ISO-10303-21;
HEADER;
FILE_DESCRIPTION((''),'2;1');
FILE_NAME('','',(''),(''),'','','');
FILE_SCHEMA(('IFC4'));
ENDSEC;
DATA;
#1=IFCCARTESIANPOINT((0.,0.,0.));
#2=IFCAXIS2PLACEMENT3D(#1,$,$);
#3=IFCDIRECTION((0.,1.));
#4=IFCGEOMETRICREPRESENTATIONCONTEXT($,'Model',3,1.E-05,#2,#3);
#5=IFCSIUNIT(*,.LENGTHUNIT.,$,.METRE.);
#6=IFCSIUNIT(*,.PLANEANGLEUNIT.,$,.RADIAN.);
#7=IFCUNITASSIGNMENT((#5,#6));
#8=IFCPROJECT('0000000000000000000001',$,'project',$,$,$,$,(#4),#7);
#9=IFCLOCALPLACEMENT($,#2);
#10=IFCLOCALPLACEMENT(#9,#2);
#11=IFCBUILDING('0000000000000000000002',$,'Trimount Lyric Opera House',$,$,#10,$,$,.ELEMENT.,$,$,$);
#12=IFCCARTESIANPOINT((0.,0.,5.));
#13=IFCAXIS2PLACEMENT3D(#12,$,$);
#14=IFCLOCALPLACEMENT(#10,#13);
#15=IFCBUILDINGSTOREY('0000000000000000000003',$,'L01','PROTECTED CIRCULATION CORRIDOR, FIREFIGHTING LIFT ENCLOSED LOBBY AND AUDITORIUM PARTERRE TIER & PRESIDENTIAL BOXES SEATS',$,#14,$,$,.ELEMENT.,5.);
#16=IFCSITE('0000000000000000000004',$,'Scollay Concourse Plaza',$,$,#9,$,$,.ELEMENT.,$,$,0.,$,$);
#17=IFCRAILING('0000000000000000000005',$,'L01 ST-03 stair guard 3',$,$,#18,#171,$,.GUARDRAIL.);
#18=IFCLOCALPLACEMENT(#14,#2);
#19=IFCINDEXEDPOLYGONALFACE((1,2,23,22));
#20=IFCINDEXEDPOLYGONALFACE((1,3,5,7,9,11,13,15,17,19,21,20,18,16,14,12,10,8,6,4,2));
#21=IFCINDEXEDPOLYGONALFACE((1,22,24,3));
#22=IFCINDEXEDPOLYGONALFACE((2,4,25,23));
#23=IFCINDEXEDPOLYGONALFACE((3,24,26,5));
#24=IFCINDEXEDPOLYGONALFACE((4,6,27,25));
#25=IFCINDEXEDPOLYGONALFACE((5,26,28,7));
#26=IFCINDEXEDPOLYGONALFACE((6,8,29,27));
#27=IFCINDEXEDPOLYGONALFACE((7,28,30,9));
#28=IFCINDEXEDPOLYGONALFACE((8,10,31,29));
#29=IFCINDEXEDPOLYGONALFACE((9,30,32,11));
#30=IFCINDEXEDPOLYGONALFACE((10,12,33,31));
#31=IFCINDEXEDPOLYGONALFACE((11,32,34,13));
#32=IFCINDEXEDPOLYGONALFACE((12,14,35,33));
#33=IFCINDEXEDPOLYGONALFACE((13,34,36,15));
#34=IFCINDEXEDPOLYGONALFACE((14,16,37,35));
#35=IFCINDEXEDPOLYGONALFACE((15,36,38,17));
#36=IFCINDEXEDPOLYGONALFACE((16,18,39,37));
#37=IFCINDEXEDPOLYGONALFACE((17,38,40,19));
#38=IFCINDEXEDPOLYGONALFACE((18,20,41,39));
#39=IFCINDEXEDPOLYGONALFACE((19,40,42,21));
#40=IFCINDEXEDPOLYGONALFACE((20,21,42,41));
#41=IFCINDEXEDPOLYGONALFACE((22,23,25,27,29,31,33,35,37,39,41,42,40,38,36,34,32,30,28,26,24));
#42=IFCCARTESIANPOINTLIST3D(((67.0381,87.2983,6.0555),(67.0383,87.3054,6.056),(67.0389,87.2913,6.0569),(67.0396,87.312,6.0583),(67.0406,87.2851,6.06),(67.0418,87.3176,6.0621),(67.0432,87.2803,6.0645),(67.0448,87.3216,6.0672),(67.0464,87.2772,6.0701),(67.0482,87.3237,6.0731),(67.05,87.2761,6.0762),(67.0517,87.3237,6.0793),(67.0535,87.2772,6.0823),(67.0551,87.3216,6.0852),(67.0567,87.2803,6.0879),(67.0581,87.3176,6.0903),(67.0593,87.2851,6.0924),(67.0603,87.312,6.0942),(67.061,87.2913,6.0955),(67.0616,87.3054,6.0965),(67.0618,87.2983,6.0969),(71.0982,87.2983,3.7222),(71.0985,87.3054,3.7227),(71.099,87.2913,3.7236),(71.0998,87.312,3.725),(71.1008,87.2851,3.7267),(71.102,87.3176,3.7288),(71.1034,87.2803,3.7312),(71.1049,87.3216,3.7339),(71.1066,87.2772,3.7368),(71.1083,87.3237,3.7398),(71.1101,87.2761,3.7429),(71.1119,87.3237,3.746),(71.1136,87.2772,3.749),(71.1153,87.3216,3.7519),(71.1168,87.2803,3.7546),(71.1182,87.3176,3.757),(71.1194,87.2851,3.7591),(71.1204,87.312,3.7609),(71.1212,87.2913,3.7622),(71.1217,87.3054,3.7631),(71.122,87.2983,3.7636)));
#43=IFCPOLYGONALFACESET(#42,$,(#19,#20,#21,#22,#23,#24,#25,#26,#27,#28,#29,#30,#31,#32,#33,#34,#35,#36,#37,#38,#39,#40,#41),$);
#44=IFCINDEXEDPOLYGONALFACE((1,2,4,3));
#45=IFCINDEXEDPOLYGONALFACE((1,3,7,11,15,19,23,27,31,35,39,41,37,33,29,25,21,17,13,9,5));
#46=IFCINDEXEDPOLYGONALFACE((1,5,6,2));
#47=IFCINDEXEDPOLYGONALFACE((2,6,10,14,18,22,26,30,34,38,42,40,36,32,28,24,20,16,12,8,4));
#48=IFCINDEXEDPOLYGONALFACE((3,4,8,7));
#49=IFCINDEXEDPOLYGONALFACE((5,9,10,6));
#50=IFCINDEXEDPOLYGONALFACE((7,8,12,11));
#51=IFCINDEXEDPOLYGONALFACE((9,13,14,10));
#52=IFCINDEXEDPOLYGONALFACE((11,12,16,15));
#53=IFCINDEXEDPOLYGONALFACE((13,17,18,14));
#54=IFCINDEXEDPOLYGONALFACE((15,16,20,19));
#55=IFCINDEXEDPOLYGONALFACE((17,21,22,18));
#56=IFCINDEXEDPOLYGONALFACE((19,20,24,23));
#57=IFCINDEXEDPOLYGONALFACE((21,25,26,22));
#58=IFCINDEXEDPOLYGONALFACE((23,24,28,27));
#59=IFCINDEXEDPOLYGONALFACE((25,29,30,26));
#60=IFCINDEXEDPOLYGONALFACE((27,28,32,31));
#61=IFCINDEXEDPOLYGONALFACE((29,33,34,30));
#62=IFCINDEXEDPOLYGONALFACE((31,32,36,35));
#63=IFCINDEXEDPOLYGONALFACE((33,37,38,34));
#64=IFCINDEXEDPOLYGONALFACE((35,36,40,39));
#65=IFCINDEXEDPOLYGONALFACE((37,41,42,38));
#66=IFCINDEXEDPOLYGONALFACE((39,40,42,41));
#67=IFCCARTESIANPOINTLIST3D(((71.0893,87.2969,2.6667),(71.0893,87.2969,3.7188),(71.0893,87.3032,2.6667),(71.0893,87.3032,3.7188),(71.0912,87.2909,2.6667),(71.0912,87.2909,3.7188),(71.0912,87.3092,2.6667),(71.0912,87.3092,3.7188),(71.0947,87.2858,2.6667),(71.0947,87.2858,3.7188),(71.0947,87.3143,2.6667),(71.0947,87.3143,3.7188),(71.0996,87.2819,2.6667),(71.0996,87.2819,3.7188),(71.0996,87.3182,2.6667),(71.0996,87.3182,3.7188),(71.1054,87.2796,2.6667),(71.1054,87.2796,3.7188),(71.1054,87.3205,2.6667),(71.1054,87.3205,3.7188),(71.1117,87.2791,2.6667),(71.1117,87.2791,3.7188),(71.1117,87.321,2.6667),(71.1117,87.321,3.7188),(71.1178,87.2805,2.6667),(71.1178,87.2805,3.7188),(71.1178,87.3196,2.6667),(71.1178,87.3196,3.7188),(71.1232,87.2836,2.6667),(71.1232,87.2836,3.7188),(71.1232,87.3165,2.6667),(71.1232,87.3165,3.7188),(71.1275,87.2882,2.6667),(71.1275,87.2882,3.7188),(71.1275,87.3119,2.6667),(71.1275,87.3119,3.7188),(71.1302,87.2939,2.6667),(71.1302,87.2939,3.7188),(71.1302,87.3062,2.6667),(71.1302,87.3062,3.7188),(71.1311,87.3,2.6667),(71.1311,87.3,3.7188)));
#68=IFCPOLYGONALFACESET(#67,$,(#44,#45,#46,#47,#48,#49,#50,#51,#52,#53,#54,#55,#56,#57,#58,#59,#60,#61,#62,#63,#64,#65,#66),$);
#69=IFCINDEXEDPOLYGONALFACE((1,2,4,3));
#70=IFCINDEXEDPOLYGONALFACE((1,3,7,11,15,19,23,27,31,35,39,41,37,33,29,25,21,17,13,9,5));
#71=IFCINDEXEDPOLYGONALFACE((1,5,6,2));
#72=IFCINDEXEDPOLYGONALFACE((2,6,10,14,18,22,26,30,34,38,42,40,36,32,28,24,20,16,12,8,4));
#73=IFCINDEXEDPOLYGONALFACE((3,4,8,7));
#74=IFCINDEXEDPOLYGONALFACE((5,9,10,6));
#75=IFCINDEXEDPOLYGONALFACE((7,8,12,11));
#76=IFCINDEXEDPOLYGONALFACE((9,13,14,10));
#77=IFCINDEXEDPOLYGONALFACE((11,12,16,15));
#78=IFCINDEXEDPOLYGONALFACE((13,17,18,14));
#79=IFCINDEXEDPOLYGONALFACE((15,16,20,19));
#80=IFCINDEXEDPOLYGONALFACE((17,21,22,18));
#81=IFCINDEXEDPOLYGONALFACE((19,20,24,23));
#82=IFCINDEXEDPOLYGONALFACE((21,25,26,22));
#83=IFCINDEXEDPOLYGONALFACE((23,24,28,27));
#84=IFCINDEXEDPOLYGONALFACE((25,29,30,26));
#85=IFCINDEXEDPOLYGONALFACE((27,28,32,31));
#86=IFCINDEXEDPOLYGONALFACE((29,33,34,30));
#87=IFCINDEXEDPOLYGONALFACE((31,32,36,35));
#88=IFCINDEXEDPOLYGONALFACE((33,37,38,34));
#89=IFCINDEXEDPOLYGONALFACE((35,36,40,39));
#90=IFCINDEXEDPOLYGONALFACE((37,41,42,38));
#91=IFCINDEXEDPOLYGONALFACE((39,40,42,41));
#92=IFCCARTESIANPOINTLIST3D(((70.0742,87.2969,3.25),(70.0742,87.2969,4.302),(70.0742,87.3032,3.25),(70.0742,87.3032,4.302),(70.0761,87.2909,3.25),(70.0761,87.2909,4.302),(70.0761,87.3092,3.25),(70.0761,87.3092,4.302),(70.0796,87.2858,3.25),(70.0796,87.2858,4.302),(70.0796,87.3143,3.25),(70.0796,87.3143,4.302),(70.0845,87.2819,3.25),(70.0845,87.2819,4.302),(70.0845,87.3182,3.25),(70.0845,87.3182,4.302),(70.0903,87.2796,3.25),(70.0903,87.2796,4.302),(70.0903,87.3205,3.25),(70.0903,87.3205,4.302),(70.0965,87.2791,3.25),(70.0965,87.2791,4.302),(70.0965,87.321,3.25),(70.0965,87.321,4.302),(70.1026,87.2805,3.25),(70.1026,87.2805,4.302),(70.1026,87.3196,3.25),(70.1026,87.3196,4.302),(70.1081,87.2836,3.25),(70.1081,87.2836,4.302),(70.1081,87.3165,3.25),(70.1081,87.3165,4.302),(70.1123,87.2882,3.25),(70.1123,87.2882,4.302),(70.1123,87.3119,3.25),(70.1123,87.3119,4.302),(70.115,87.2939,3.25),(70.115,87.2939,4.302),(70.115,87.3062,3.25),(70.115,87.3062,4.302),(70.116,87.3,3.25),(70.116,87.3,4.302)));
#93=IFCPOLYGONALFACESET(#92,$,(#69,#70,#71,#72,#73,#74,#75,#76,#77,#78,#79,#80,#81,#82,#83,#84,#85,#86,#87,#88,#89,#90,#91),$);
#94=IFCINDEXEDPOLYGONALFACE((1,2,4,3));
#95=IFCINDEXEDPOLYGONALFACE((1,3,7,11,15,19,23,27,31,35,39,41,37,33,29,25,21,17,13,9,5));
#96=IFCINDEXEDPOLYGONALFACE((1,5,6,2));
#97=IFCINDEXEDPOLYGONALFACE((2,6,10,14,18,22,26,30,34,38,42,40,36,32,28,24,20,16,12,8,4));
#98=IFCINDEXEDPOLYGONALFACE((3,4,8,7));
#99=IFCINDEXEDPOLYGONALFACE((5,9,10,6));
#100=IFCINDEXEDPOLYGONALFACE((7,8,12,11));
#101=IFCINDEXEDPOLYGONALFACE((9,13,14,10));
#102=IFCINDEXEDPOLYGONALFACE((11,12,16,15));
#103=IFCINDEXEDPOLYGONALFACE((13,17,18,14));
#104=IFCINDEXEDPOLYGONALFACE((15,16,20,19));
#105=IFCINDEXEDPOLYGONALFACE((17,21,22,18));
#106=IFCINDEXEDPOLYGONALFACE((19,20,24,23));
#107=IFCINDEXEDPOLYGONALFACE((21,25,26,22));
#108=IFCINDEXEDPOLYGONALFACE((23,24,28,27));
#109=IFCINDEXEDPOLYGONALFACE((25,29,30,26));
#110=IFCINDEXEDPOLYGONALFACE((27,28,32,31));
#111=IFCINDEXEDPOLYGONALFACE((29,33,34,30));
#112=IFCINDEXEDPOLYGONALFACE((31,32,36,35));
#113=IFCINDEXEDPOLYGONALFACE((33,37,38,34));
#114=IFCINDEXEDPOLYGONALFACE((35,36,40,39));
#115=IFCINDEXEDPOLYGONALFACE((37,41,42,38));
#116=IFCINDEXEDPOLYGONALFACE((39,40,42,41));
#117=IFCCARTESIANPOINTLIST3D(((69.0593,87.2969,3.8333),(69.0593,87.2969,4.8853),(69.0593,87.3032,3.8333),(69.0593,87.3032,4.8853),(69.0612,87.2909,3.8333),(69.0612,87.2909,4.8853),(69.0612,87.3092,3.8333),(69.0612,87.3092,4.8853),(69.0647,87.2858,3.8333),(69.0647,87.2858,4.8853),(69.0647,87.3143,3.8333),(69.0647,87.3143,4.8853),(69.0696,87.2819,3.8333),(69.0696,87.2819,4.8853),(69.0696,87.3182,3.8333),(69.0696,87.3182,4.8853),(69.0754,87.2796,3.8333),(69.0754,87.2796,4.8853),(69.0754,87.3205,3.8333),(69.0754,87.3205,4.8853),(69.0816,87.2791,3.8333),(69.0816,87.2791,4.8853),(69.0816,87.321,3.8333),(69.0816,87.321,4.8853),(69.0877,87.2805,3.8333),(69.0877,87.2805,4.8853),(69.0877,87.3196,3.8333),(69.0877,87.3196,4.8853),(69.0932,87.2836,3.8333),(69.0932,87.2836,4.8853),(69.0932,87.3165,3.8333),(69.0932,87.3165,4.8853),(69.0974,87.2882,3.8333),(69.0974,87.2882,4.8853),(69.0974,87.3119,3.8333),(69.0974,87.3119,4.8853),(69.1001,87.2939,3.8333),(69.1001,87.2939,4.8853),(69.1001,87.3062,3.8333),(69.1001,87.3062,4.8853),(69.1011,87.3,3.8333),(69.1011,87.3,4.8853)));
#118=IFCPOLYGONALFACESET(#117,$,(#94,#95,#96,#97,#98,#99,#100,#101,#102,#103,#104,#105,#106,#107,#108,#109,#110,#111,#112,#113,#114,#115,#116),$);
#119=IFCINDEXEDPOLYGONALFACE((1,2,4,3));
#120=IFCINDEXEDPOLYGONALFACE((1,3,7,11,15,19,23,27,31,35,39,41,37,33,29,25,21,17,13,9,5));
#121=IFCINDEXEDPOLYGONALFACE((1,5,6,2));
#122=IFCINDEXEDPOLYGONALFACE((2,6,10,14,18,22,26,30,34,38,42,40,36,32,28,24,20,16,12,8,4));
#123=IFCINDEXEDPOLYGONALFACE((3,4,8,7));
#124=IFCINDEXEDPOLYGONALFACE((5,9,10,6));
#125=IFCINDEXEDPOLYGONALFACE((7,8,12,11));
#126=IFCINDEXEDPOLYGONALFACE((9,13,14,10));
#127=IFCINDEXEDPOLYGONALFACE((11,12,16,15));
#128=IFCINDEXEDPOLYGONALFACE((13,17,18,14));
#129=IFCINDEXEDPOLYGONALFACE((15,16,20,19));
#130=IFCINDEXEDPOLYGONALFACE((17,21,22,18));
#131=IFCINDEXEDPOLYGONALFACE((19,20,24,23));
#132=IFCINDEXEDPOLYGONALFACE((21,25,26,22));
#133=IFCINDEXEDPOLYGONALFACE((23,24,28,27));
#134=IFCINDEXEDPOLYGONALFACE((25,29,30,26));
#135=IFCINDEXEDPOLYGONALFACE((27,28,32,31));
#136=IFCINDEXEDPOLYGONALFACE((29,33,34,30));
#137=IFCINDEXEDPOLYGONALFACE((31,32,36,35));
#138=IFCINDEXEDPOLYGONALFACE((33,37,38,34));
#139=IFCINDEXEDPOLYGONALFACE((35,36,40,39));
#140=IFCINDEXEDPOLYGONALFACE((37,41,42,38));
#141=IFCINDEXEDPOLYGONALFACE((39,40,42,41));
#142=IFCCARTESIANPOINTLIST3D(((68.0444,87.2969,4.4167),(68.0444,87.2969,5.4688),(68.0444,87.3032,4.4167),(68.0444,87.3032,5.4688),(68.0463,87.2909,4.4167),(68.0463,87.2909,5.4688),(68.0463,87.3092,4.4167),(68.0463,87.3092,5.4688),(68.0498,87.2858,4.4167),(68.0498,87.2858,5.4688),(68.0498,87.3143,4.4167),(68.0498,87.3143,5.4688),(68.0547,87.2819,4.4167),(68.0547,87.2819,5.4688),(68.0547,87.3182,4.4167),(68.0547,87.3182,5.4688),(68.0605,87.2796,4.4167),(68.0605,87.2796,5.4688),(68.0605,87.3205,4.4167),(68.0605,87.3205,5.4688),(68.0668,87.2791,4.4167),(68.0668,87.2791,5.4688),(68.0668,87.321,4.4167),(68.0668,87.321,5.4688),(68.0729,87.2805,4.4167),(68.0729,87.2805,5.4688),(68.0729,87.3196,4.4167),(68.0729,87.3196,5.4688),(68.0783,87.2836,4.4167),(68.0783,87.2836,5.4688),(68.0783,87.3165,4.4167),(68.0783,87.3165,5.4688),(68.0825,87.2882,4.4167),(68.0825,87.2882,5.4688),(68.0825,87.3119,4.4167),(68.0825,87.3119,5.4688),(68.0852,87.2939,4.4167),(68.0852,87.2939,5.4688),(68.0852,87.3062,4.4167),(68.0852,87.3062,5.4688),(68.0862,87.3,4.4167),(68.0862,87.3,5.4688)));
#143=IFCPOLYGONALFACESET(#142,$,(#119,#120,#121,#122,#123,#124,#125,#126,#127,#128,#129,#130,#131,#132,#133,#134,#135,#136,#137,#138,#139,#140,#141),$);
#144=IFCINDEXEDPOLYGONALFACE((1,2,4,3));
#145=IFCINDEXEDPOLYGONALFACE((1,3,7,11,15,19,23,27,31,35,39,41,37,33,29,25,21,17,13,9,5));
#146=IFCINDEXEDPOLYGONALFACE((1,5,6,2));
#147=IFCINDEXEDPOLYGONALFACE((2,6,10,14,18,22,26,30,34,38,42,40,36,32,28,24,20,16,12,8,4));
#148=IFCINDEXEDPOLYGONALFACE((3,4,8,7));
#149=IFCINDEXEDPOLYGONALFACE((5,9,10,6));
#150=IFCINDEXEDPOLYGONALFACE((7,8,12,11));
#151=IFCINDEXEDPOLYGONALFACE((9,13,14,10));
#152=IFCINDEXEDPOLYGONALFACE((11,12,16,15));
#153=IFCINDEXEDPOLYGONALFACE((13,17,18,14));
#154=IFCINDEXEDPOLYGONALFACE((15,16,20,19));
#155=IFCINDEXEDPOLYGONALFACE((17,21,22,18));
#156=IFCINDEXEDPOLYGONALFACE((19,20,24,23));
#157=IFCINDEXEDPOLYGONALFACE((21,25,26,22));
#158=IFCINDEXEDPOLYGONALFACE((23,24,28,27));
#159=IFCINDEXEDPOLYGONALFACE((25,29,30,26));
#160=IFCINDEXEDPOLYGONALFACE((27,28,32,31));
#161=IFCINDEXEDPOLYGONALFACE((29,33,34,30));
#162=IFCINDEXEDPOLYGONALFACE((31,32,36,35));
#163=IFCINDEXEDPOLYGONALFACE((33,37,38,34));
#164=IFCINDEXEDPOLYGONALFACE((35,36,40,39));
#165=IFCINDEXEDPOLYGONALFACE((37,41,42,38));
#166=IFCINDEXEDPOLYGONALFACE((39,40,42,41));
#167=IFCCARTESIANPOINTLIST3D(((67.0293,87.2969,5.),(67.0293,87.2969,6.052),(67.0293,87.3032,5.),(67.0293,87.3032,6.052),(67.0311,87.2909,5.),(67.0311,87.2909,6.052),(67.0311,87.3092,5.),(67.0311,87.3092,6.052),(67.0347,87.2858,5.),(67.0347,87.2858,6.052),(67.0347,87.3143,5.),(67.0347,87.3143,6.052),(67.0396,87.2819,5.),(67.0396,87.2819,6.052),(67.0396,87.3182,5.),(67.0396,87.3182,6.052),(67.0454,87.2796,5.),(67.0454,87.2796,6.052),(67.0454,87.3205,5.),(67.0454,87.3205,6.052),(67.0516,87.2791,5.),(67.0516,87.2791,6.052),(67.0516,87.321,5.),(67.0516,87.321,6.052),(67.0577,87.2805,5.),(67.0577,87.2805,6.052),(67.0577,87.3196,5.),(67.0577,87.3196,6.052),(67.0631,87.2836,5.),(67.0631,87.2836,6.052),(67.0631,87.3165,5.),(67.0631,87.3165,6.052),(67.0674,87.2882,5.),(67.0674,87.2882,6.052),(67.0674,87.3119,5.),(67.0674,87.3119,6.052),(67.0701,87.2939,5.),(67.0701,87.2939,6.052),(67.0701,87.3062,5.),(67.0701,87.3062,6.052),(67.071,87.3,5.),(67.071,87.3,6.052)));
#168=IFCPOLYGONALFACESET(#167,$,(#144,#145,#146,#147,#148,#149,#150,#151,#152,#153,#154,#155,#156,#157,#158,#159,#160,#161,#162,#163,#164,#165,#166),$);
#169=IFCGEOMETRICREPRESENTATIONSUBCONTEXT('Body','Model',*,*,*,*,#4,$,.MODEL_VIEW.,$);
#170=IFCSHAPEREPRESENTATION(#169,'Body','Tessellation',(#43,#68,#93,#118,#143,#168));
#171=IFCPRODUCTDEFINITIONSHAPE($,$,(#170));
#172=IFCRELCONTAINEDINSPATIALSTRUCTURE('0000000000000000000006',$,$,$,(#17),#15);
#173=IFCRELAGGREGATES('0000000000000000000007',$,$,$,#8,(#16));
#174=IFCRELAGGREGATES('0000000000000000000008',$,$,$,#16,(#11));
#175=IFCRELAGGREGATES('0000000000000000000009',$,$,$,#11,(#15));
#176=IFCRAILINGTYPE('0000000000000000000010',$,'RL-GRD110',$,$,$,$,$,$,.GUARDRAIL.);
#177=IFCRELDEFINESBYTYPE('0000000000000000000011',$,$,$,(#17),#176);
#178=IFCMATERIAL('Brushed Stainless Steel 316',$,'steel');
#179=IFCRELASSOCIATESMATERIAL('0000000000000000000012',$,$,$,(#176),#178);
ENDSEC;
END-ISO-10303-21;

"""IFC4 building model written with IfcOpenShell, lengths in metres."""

from ifc_helpers import new_model, si_unit, direction, frame, origin, origin_2d, place, context, subcontext, project, spatial, circle, extrude, material, type_object, element, save


model = new_model("IFC4")

# Units and contexts
model_context = context("Model", 3, precision=1e-05, world=origin(), true_north=direction((0.0, 1.0)))
body_context = subcontext(model_context, "Body", "Model", "MODEL_VIEW")
ifc_project = project(units=[si_unit("LENGTHUNIT", "METRE"), si_unit("PLANEANGLEUNIT", "RADIAN")], contexts=[model_context])

# Site, building, storey
site_placement = place(None, origin())
site = spatial("IfcSite", under=ifc_project, at=site_placement, Name="Scollay Concourse Plaza", CompositionType="ELEMENT", RefElevation=0.0)
building_placement = place(site_placement, origin())
building = spatial("IfcBuilding", under=site, at=building_placement, Name="Trimount Lyric Opera House", CompositionType="ELEMENT")
storey_placement = place(building_placement, frame((0.0, 0.0, 5.0)))
storey = spatial("IfcBuildingStorey", under=building, at=storey_placement, Name="L01", Description="PROTECTED CIRCULATION CORRIDOR, FIREFIGHTING LIFT ENCLOSED LOBBY AND AUDITORIUM PARTERRE TIER & PRESIDENTIAL BOXES SEATS", CompositionType="ELEMENT", Elevation=5.0)

# Railing
ifc_material_1 = material(Name="Brushed Stainless Steel 316", Category="steel")
railing_type_1 = type_object("IfcRailingType", Name="RL-GRD110", PredefinedType="GUARDRAIL", material=ifc_material_1)
railing_1_placement = place(storey_placement, frame((71.1101, 87.3, 2.6667)))
element("IfcRailing", 1, at=railing_1_placement, inside=storey, type_object=railing_type_1, Name="L01 ST-03 stair guard 3", PredefinedType="GUARDRAIL", context=body_context, shape_type="SweptSolid", body=[
    extrude(circle(Radius=0.0239, at=origin_2d()), frame((0.0, 0.0, 1.0762), z_axis=(-0.867025, 0.0, 0.498265), x_axis=(0.0, -1.0, 0.0)), (0.0, 0.0, 1.0), 4.6829),
    extrude(circle(Radius=0.021, at=origin_2d()), origin(), (0.0, 0.0, 1.0), 1.052),
    extrude(circle(Radius=0.021, at=origin_2d()), frame((-1.0151, 0.0, 0.5833)), (0.0, 0.0, 1.0), 1.052),
    extrude(circle(Radius=0.021, at=origin_2d()), frame((-2.03, 0.0, 1.1665)), (0.0, 0.0, 1.0), 1.052),
    extrude(circle(Radius=0.021, at=origin_2d()), frame((-3.0449, 0.0, 1.75)), (0.0, 0.0, 1.0), 1.052),
    extrude(circle(Radius=0.021, at=origin_2d()), frame((-4.0601, 0.0, 2.3333)), (0.0, 0.0, 1.0), 1.052),
])

save(model, "model.ifc")
